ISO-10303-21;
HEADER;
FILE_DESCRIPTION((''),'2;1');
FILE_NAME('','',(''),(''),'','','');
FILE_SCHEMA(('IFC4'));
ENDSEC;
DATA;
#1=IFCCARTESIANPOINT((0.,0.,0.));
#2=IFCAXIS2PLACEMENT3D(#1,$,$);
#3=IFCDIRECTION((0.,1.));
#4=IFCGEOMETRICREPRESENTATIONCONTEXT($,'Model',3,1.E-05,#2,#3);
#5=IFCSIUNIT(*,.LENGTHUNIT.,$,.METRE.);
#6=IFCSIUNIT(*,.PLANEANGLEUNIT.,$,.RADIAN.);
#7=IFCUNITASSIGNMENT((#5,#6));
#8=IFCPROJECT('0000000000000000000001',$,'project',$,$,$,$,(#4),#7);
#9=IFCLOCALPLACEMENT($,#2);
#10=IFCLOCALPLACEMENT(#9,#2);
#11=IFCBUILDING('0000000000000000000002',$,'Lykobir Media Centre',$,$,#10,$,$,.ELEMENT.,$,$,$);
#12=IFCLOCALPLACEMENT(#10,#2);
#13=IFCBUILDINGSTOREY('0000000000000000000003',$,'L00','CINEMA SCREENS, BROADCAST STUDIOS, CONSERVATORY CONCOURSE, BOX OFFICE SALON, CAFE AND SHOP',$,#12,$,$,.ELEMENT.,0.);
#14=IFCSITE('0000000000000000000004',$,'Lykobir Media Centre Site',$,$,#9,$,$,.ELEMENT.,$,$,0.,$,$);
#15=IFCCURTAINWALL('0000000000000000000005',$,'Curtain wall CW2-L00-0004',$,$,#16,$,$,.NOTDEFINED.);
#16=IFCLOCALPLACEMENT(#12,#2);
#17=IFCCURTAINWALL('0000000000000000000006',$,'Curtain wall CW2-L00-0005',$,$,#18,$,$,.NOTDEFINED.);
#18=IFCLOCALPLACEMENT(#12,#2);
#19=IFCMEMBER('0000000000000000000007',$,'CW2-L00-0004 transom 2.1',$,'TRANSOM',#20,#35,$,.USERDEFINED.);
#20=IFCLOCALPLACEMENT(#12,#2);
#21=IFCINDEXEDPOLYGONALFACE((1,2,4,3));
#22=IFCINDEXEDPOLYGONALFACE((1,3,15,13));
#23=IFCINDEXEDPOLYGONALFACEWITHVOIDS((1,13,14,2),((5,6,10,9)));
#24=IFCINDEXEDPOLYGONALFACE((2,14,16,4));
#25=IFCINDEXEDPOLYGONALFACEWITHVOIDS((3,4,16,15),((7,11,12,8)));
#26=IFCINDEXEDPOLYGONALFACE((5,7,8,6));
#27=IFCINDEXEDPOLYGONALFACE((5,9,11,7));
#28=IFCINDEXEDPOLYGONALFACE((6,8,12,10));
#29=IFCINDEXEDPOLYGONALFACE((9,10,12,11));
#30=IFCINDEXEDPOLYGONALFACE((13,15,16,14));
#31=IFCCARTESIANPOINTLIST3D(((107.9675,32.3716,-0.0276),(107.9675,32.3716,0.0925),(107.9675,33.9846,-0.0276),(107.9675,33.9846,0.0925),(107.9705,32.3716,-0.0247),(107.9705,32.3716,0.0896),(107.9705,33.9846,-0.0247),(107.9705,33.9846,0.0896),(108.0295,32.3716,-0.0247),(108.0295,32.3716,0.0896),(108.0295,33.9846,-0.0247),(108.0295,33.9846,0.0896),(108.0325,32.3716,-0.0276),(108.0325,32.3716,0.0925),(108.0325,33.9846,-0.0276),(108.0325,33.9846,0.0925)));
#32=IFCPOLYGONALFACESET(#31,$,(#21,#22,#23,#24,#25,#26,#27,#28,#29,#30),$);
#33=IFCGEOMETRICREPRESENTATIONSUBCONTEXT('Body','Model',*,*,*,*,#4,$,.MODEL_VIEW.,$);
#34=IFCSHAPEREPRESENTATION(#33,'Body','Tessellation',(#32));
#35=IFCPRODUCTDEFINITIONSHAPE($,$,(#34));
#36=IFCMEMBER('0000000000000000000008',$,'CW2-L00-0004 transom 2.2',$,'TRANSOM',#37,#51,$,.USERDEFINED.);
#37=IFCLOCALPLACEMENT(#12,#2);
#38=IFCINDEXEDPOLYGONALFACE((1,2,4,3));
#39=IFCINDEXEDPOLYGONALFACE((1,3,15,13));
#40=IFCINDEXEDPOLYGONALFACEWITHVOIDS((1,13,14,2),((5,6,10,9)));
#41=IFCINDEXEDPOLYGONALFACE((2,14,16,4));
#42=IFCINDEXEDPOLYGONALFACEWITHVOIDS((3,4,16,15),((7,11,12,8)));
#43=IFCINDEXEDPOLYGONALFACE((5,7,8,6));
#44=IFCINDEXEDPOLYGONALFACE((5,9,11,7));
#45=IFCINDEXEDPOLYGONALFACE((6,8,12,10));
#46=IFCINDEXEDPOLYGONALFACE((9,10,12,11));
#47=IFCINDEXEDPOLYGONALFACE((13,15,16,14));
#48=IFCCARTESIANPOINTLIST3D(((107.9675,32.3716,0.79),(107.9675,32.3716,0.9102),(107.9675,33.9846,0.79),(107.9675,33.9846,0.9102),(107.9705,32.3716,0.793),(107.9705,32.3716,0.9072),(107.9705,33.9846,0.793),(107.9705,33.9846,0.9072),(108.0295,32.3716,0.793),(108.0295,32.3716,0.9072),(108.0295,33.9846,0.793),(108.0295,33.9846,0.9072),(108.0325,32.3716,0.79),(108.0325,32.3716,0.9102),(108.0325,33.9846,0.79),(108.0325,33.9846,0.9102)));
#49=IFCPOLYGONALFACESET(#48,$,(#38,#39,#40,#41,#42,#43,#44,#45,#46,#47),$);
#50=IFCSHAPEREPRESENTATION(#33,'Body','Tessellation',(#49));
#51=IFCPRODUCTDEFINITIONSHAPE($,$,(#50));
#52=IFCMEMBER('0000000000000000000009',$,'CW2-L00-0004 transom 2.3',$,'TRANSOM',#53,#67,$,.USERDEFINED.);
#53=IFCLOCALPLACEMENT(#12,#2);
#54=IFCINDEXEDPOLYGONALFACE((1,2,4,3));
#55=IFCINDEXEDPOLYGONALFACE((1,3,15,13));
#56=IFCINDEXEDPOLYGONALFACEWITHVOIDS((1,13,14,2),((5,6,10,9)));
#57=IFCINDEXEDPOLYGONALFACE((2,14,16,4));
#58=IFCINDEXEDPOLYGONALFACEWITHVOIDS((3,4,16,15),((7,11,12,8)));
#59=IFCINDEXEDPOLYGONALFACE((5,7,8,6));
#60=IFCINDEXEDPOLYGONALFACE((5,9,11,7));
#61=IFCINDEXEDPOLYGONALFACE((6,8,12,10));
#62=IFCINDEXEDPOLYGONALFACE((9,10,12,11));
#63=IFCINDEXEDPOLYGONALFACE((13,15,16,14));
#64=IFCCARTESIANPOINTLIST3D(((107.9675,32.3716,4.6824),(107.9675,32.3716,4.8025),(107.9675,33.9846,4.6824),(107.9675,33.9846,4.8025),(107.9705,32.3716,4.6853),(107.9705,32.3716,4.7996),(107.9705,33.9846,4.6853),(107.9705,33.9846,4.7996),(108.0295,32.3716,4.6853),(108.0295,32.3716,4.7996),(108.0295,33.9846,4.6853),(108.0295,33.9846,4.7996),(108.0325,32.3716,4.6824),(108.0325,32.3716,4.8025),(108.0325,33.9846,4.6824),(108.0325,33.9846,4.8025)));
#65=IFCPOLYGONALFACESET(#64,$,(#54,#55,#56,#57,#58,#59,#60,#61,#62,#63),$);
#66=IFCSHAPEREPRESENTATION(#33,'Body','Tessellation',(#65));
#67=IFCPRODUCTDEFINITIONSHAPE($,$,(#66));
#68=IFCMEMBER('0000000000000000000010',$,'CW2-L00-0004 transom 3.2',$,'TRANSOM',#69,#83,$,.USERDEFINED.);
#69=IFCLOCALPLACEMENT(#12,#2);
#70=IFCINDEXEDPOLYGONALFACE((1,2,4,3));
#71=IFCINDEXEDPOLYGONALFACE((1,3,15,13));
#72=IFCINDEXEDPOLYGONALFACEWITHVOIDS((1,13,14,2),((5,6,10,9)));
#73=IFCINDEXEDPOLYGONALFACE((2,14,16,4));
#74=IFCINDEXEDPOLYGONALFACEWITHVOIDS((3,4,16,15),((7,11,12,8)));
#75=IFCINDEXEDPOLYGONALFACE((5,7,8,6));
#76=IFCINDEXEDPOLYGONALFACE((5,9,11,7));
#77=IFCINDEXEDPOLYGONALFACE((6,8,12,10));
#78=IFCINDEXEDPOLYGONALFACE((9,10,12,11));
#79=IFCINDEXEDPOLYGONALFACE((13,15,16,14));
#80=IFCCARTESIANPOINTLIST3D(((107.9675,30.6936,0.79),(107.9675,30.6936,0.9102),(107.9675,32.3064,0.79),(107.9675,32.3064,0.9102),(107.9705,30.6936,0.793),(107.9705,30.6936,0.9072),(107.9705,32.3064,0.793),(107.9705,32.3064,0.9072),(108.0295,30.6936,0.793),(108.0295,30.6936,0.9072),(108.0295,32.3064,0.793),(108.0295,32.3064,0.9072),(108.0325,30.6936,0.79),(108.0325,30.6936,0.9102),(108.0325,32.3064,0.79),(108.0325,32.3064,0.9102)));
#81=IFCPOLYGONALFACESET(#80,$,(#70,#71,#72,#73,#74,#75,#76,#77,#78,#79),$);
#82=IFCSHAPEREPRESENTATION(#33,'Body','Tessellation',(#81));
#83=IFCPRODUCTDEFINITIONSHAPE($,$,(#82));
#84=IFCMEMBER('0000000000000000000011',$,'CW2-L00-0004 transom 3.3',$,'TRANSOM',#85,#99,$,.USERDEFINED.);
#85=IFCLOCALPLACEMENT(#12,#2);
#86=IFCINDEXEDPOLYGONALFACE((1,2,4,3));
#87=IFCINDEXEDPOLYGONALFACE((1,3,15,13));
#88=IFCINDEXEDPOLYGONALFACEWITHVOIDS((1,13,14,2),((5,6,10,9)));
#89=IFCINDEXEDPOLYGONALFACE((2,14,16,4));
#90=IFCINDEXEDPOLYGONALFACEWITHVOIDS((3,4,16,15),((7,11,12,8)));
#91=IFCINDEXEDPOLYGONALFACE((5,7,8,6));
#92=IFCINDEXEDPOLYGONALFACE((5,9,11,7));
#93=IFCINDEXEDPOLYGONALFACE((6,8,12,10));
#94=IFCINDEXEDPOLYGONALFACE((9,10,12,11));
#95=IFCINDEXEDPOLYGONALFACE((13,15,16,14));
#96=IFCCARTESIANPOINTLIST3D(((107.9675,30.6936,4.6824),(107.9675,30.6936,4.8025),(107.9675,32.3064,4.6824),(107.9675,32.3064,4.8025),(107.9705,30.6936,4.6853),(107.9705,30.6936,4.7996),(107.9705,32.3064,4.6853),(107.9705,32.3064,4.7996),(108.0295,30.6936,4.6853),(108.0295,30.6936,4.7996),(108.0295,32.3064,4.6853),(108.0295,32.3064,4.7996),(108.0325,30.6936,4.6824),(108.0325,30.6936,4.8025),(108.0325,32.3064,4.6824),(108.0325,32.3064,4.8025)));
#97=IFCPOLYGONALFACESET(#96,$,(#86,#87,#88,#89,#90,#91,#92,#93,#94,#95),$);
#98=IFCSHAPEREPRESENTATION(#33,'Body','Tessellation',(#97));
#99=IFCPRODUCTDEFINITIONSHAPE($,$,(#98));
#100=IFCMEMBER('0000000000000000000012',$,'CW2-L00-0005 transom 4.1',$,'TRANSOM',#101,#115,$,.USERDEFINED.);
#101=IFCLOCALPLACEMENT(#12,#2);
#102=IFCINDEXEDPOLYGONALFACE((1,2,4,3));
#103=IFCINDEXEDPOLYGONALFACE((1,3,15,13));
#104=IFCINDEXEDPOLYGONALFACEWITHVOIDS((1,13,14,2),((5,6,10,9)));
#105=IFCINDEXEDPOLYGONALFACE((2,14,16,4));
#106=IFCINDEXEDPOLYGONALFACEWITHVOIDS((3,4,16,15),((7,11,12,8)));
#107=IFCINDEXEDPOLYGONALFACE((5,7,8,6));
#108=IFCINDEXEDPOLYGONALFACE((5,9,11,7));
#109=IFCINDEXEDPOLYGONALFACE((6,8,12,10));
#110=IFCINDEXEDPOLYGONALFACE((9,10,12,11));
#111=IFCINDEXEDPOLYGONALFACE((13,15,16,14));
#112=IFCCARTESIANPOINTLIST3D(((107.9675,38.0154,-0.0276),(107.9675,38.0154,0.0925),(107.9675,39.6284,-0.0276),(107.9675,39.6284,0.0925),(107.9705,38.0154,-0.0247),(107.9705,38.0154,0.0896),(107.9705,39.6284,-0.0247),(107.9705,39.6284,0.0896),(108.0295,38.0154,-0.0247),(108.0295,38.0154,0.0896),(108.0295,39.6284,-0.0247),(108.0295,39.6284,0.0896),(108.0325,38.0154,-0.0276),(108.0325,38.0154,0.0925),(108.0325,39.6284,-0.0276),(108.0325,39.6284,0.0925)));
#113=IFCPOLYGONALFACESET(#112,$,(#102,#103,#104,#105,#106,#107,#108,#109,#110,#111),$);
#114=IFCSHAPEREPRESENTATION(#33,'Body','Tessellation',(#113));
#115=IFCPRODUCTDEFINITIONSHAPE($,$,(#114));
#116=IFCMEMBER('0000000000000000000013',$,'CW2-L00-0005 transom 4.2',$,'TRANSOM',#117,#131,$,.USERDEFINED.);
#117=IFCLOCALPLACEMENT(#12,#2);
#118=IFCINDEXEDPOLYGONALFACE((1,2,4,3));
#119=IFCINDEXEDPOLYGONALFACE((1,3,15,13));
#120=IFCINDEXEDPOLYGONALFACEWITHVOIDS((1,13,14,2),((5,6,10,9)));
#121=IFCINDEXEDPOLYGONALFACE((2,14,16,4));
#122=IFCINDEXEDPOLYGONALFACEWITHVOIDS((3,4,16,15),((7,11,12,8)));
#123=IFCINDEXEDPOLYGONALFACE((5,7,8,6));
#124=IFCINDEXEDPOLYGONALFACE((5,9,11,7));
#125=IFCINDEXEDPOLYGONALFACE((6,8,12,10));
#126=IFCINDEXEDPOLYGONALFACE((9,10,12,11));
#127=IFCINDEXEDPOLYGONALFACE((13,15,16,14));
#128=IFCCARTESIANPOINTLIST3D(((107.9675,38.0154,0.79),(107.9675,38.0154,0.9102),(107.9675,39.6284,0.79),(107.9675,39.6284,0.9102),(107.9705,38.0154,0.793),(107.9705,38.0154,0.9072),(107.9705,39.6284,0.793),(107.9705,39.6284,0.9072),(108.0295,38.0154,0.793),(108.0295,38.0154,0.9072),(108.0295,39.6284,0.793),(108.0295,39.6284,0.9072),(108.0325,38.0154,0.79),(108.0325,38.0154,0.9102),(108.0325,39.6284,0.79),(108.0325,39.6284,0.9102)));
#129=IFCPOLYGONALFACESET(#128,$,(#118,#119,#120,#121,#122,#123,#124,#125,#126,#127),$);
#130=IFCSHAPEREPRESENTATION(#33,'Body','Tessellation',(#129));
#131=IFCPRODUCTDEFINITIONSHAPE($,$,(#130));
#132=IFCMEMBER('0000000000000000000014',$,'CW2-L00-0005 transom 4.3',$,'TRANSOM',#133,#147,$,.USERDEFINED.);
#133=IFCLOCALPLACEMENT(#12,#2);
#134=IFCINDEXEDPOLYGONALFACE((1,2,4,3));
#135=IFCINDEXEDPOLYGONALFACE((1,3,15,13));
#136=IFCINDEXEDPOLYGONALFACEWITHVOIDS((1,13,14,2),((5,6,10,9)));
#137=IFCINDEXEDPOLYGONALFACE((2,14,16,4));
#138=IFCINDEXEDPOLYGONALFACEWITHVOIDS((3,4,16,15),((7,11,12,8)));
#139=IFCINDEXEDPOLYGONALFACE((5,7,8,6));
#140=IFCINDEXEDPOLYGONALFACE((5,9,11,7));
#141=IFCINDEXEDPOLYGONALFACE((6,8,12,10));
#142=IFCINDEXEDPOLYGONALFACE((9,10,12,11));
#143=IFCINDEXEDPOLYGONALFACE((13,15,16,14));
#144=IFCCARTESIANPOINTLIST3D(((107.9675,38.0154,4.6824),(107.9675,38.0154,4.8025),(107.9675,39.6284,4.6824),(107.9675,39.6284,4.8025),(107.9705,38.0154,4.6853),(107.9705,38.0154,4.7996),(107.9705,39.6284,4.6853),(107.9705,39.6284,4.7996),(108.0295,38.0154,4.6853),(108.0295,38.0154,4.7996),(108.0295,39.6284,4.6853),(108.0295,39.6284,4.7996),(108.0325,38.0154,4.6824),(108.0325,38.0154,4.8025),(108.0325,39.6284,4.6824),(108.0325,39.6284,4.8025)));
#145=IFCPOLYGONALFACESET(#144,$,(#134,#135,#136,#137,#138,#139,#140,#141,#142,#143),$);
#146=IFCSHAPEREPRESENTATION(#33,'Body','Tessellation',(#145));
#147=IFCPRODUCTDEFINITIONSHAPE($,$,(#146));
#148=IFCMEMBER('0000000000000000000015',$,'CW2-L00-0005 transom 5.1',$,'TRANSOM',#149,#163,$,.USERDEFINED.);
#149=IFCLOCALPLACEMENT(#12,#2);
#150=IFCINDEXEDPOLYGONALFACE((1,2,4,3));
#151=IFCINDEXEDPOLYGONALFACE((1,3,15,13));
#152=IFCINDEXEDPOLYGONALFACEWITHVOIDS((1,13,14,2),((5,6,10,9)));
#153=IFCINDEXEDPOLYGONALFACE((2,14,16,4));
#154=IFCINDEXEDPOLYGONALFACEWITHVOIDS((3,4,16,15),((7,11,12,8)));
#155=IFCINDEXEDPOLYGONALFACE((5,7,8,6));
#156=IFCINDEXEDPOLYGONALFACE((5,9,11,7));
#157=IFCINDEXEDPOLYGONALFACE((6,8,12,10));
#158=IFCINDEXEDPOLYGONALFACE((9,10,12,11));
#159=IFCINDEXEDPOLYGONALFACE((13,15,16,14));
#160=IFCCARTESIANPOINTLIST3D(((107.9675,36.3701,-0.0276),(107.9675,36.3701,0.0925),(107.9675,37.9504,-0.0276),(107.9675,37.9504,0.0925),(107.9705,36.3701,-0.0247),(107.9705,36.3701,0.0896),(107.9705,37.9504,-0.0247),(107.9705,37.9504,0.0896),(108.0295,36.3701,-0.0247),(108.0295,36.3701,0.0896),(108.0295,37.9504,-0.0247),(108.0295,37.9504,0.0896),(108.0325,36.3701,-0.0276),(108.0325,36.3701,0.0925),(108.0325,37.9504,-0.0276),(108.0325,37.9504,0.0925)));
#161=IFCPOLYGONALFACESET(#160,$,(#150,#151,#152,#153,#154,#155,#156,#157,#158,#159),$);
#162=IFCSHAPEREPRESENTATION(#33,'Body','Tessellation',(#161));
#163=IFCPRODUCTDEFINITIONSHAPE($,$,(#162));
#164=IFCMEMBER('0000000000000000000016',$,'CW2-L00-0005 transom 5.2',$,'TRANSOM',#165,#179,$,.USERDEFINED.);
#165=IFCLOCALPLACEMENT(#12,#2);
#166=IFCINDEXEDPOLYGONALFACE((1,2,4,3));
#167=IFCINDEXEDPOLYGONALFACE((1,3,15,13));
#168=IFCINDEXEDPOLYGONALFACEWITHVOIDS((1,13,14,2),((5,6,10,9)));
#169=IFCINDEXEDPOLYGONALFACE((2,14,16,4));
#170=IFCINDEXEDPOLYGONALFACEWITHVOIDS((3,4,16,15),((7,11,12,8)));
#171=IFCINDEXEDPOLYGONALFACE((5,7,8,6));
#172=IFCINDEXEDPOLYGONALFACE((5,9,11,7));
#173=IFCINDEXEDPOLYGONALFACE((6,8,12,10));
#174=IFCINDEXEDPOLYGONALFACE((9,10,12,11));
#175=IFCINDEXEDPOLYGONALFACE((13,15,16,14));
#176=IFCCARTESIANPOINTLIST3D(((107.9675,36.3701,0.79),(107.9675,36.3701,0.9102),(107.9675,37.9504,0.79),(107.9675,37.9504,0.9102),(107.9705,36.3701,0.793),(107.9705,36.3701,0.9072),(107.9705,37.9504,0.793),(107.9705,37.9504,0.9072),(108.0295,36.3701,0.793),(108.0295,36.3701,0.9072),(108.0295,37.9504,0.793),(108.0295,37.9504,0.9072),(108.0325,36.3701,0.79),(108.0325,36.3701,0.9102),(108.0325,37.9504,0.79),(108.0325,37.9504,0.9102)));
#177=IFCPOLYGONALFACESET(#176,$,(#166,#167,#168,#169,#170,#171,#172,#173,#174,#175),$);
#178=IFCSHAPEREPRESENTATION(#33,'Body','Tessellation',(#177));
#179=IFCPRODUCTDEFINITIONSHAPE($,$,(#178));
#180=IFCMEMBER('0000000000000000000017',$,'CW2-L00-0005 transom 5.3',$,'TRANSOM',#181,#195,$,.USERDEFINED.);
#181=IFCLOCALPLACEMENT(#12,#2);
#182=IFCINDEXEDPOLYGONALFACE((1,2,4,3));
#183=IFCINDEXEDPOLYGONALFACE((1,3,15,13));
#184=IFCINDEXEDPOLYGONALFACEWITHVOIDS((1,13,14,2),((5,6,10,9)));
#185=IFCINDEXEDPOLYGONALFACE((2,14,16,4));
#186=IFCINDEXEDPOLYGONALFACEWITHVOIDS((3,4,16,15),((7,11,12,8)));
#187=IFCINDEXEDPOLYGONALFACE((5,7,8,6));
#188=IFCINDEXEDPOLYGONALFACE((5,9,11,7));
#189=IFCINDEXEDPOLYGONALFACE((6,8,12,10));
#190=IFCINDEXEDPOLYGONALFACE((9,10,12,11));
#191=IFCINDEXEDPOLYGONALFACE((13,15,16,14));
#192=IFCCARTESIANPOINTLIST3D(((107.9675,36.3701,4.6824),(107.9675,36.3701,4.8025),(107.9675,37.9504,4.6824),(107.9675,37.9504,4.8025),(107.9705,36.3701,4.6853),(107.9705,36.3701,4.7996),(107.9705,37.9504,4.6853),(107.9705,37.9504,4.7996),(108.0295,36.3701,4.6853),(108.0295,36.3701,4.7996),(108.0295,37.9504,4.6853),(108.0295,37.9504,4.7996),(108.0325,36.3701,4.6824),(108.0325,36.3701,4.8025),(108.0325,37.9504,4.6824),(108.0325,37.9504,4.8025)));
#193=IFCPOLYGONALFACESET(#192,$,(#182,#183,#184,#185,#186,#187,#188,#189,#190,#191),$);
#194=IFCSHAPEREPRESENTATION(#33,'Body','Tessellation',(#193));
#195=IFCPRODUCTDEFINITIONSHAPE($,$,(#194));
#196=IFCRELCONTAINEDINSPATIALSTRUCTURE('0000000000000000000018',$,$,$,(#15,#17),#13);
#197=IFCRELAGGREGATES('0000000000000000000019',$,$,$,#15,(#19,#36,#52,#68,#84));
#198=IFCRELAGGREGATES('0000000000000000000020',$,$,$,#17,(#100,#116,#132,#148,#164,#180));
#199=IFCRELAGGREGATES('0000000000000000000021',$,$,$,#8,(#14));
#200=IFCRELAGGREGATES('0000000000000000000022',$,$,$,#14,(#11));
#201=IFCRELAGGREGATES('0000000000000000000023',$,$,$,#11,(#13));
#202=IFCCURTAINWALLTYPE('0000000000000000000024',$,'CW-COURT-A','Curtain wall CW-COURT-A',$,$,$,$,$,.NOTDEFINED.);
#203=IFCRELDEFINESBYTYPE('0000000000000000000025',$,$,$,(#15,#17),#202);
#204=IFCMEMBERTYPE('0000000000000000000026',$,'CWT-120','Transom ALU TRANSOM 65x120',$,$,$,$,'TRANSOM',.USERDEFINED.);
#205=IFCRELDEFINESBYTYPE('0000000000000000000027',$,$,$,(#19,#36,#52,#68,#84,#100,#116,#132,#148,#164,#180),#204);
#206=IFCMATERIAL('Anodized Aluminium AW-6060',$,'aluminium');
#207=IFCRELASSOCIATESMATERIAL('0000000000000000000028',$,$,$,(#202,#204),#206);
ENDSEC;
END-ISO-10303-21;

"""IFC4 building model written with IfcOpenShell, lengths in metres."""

from ifc_helpers import new_model, si_unit, direction, frame, origin, origin_2d, place, context, subcontext, project, spatial, hollow_rectangle, extrude, material, material_profile, profile_set, type_object, element, aggregate, save


model = new_model("IFC4")

# Units and contexts
model_context = context("Model", 3, precision=1e-05, world=origin(), true_north=direction((0.0, 1.0)))
body_context = subcontext(model_context, "Body", "Model", "MODEL_VIEW")
ifc_project = project(units=[si_unit("LENGTHUNIT", "METRE"), si_unit("PLANEANGLEUNIT", "RADIAN")], contexts=[model_context])

# Site, building, storey
site_placement = place(None, origin())
site = spatial("IfcSite", under=ifc_project, at=site_placement, Name="Lykobir Media Centre Site", CompositionType="ELEMENT", RefElevation=0.0)
building_placement = place(site_placement, origin())
building = spatial("IfcBuilding", under=site, at=building_placement, Name="Lykobir Media Centre", CompositionType="ELEMENT")
storey_placement = place(building_placement, origin())
storey = spatial("IfcBuildingStorey", under=building, at=storey_placement, Name="L00", Description="CINEMA SCREENS, BROADCAST STUDIOS, CONSERVATORY CONCOURSE, BOX OFFICE SALON, CAFE AND SHOP", CompositionType="ELEMENT", Elevation=0.0)

# Curtain walls
ifc_material_1 = material(Name="Anodized Aluminium AW-6060", Category="aluminium")
curtain_wall_type = type_object("IfcCurtainWallType", Name="CW-COURT-A", Description="Curtain wall CW-COURT-A", PredefinedType="NOTDEFINED", material=ifc_material_1)
curtain_wall_1_placement = place(storey_placement, origin())
curtain_wall_1 = element("IfcCurtainWall", 1, at=curtain_wall_1_placement, inside=storey, type_object=curtain_wall_type, Name="Curtain wall CW2-L00-0004", PredefinedType="NOTDEFINED")
curtain_wall_2_placement = place(storey_placement, origin())
curtain_wall_2 = element("IfcCurtainWall", 2, at=curtain_wall_2_placement, inside=storey, type_object=curtain_wall_type, Name="Curtain wall CW2-L00-0005", PredefinedType="NOTDEFINED")

# Members
ifc_material_profile_1 = material_profile(ifc_material_1, hollow_rectangle(XDim=0.0649, YDim=0.1201, WallThickness=0.0029, at=origin_2d()), Name="ALU TRANSOM 65x120")
ifc_profile_set_1 = profile_set([ifc_material_profile_1], Name="Anodized Aluminium AW-6060")
member_type_1 = type_object("IfcMemberType", Name="CWT-120", Description="Transom ALU TRANSOM 65x120", ElementType="TRANSOM", PredefinedType="USERDEFINED", material=ifc_profile_set_1)
member_1_placement = place(storey_placement, frame((108.0, 33.9846, 0.0325), z_axis=(0.0, -1.0, 0.0), x_axis=(1.0, 0.0, 0.0)))
member_1 = element("IfcMember", 3, at=member_1_placement, type_object=member_type_1, Name="CW2-L00-0004 transom 2.1", ObjectType="TRANSOM", PredefinedType="USERDEFINED", context=body_context, shape_type="SweptSolid", body=[
    extrude(hollow_rectangle(XDim=0.0649, YDim=0.1201, WallThickness=0.0029, at=origin_2d()), origin(), (0.0, 0.0, 1.0), 1.613),
])
member_2_placement = place(storey_placement, frame((108.0, 33.9846, 0.8501), z_axis=(0.0, -1.0, 0.0), x_axis=(1.0, 0.0, 0.0)))
member_2 = element("IfcMember", 4, at=member_2_placement, type_object=member_type_1, Name="CW2-L00-0004 transom 2.2", ObjectType="TRANSOM", PredefinedType="USERDEFINED", context=body_context, shape_type="SweptSolid", body=[
    extrude(hollow_rectangle(XDim=0.0649, YDim=0.1201, WallThickness=0.0029, at=origin_2d()), origin(), (0.0, 0.0, 1.0), 1.613),
])
member_3_placement = place(storey_placement, frame((108.0, 33.9846, 4.7424), z_axis=(0.0, -1.0, 0.0), x_axis=(1.0, 0.0, 0.0)))
member_3 = element("IfcMember", 5, at=member_3_placement, type_object=member_type_1, Name="CW2-L00-0004 transom 2.3", ObjectType="TRANSOM", PredefinedType="USERDEFINED", context=body_context, shape_type="SweptSolid", body=[
    extrude(hollow_rectangle(XDim=0.0649, YDim=0.1201, WallThickness=0.0029, at=origin_2d()), origin(), (0.0, 0.0, 1.0), 1.613),
])
member_4_placement = place(storey_placement, frame((108.0, 32.3064, 0.8501), z_axis=(0.0, -1.0, 0.0), x_axis=(1.0, 0.0, 0.0)))
member_4 = element("IfcMember", 6, at=member_4_placement, type_object=member_type_1, Name="CW2-L00-0004 transom 3.2", ObjectType="TRANSOM", PredefinedType="USERDEFINED", context=body_context, shape_type="SweptSolid", body=[
    extrude(hollow_rectangle(XDim=0.0649, YDim=0.1201, WallThickness=0.0029, at=origin_2d()), origin(), (0.0, 0.0, 1.0), 1.6128),
])
member_5_placement = place(storey_placement, frame((108.0, 32.3064, 4.7424), z_axis=(0.0, -1.0, 0.0), x_axis=(1.0, 0.0, 0.0)))
member_5 = element("IfcMember", 7, at=member_5_placement, type_object=member_type_1, Name="CW2-L00-0004 transom 3.3", ObjectType="TRANSOM", PredefinedType="USERDEFINED", context=body_context, shape_type="SweptSolid", body=[
    extrude(hollow_rectangle(XDim=0.0649, YDim=0.1201, WallThickness=0.0029, at=origin_2d()), origin(), (0.0, 0.0, 1.0), 1.6128),
])
member_6_placement = place(storey_placement, frame((108.0, 39.6284, 0.0325), z_axis=(0.0, -1.0, 0.0), x_axis=(1.0, 0.0, 0.0)))
member_6 = element("IfcMember", 8, at=member_6_placement, type_object=member_type_1, Name="CW2-L00-0005 transom 4.1", ObjectType="TRANSOM", PredefinedType="USERDEFINED", context=body_context, shape_type="SweptSolid", body=[
    extrude(hollow_rectangle(XDim=0.0649, YDim=0.1201, WallThickness=0.0029, at=origin_2d()), origin(), (0.0, 0.0, 1.0), 1.613),
])
member_7_placement = place(storey_placement, frame((108.0, 39.6284, 0.8501), z_axis=(0.0, -1.0, 0.0), x_axis=(1.0, 0.0, 0.0)))
member_7 = element("IfcMember", 9, at=member_7_placement, type_object=member_type_1, Name="CW2-L00-0005 transom 4.2", ObjectType="TRANSOM", PredefinedType="USERDEFINED", context=body_context, shape_type="SweptSolid", body=[
    extrude(hollow_rectangle(XDim=0.0649, YDim=0.1201, WallThickness=0.0029, at=origin_2d()), origin(), (0.0, 0.0, 1.0), 1.613),
])
member_8_placement = place(storey_placement, frame((108.0, 39.6284, 4.7424), z_axis=(0.0, -1.0, 0.0), x_axis=(1.0, 0.0, 0.0)))
member_8 = element("IfcMember", 10, at=member_8_placement, type_object=member_type_1, Name="CW2-L00-0005 transom 4.3", ObjectType="TRANSOM", PredefinedType="USERDEFINED", context=body_context, shape_type="SweptSolid", body=[
    extrude(hollow_rectangle(XDim=0.0649, YDim=0.1201, WallThickness=0.0029, at=origin_2d()), origin(), (0.0, 0.0, 1.0), 1.613),
])
member_9_placement = place(storey_placement, frame((108.0, 37.9504, 0.0325), z_axis=(0.0, -1.0, 0.0), x_axis=(1.0, 0.0, 0.0)))
member_9 = element("IfcMember", 11, at=member_9_placement, type_object=member_type_1, Name="CW2-L00-0005 transom 5.1", ObjectType="TRANSOM", PredefinedType="USERDEFINED", context=body_context, shape_type="SweptSolid", body=[
    extrude(hollow_rectangle(XDim=0.0649, YDim=0.1201, WallThickness=0.0029, at=origin_2d()), origin(), (0.0, 0.0, 1.0), 1.5803),
])
member_10_placement = place(storey_placement, frame((108.0, 37.9504, 0.8501), z_axis=(0.0, -1.0, 0.0), x_axis=(1.0, 0.0, 0.0)))
member_10 = element("IfcMember", 12, at=member_10_placement, type_object=member_type_1, Name="CW2-L00-0005 transom 5.2", ObjectType="TRANSOM", PredefinedType="USERDEFINED", context=body_context, shape_type="SweptSolid", body=[
    extrude(hollow_rectangle(XDim=0.0649, YDim=0.1201, WallThickness=0.0029, at=origin_2d()), origin(), (0.0, 0.0, 1.0), 1.5803),
])
member_11_placement = place(storey_placement, frame((108.0, 37.9504, 4.7424), z_axis=(0.0, -1.0, 0.0), x_axis=(1.0, 0.0, 0.0)))
member_11 = element("IfcMember", 13, at=member_11_placement, type_object=member_type_1, Name="CW2-L00-0005 transom 5.3", ObjectType="TRANSOM", PredefinedType="USERDEFINED", context=body_context, shape_type="SweptSolid", body=[
    extrude(hollow_rectangle(XDim=0.0649, YDim=0.1201, WallThickness=0.0029, at=origin_2d()), origin(), (0.0, 0.0, 1.0), 1.5803),
])

aggregate(curtain_wall_1, [member_1, member_2, member_3, member_4, member_5])
aggregate(curtain_wall_2, [member_6, member_7, member_8, member_9, member_10, member_11])

save(model, "model.ifc")
